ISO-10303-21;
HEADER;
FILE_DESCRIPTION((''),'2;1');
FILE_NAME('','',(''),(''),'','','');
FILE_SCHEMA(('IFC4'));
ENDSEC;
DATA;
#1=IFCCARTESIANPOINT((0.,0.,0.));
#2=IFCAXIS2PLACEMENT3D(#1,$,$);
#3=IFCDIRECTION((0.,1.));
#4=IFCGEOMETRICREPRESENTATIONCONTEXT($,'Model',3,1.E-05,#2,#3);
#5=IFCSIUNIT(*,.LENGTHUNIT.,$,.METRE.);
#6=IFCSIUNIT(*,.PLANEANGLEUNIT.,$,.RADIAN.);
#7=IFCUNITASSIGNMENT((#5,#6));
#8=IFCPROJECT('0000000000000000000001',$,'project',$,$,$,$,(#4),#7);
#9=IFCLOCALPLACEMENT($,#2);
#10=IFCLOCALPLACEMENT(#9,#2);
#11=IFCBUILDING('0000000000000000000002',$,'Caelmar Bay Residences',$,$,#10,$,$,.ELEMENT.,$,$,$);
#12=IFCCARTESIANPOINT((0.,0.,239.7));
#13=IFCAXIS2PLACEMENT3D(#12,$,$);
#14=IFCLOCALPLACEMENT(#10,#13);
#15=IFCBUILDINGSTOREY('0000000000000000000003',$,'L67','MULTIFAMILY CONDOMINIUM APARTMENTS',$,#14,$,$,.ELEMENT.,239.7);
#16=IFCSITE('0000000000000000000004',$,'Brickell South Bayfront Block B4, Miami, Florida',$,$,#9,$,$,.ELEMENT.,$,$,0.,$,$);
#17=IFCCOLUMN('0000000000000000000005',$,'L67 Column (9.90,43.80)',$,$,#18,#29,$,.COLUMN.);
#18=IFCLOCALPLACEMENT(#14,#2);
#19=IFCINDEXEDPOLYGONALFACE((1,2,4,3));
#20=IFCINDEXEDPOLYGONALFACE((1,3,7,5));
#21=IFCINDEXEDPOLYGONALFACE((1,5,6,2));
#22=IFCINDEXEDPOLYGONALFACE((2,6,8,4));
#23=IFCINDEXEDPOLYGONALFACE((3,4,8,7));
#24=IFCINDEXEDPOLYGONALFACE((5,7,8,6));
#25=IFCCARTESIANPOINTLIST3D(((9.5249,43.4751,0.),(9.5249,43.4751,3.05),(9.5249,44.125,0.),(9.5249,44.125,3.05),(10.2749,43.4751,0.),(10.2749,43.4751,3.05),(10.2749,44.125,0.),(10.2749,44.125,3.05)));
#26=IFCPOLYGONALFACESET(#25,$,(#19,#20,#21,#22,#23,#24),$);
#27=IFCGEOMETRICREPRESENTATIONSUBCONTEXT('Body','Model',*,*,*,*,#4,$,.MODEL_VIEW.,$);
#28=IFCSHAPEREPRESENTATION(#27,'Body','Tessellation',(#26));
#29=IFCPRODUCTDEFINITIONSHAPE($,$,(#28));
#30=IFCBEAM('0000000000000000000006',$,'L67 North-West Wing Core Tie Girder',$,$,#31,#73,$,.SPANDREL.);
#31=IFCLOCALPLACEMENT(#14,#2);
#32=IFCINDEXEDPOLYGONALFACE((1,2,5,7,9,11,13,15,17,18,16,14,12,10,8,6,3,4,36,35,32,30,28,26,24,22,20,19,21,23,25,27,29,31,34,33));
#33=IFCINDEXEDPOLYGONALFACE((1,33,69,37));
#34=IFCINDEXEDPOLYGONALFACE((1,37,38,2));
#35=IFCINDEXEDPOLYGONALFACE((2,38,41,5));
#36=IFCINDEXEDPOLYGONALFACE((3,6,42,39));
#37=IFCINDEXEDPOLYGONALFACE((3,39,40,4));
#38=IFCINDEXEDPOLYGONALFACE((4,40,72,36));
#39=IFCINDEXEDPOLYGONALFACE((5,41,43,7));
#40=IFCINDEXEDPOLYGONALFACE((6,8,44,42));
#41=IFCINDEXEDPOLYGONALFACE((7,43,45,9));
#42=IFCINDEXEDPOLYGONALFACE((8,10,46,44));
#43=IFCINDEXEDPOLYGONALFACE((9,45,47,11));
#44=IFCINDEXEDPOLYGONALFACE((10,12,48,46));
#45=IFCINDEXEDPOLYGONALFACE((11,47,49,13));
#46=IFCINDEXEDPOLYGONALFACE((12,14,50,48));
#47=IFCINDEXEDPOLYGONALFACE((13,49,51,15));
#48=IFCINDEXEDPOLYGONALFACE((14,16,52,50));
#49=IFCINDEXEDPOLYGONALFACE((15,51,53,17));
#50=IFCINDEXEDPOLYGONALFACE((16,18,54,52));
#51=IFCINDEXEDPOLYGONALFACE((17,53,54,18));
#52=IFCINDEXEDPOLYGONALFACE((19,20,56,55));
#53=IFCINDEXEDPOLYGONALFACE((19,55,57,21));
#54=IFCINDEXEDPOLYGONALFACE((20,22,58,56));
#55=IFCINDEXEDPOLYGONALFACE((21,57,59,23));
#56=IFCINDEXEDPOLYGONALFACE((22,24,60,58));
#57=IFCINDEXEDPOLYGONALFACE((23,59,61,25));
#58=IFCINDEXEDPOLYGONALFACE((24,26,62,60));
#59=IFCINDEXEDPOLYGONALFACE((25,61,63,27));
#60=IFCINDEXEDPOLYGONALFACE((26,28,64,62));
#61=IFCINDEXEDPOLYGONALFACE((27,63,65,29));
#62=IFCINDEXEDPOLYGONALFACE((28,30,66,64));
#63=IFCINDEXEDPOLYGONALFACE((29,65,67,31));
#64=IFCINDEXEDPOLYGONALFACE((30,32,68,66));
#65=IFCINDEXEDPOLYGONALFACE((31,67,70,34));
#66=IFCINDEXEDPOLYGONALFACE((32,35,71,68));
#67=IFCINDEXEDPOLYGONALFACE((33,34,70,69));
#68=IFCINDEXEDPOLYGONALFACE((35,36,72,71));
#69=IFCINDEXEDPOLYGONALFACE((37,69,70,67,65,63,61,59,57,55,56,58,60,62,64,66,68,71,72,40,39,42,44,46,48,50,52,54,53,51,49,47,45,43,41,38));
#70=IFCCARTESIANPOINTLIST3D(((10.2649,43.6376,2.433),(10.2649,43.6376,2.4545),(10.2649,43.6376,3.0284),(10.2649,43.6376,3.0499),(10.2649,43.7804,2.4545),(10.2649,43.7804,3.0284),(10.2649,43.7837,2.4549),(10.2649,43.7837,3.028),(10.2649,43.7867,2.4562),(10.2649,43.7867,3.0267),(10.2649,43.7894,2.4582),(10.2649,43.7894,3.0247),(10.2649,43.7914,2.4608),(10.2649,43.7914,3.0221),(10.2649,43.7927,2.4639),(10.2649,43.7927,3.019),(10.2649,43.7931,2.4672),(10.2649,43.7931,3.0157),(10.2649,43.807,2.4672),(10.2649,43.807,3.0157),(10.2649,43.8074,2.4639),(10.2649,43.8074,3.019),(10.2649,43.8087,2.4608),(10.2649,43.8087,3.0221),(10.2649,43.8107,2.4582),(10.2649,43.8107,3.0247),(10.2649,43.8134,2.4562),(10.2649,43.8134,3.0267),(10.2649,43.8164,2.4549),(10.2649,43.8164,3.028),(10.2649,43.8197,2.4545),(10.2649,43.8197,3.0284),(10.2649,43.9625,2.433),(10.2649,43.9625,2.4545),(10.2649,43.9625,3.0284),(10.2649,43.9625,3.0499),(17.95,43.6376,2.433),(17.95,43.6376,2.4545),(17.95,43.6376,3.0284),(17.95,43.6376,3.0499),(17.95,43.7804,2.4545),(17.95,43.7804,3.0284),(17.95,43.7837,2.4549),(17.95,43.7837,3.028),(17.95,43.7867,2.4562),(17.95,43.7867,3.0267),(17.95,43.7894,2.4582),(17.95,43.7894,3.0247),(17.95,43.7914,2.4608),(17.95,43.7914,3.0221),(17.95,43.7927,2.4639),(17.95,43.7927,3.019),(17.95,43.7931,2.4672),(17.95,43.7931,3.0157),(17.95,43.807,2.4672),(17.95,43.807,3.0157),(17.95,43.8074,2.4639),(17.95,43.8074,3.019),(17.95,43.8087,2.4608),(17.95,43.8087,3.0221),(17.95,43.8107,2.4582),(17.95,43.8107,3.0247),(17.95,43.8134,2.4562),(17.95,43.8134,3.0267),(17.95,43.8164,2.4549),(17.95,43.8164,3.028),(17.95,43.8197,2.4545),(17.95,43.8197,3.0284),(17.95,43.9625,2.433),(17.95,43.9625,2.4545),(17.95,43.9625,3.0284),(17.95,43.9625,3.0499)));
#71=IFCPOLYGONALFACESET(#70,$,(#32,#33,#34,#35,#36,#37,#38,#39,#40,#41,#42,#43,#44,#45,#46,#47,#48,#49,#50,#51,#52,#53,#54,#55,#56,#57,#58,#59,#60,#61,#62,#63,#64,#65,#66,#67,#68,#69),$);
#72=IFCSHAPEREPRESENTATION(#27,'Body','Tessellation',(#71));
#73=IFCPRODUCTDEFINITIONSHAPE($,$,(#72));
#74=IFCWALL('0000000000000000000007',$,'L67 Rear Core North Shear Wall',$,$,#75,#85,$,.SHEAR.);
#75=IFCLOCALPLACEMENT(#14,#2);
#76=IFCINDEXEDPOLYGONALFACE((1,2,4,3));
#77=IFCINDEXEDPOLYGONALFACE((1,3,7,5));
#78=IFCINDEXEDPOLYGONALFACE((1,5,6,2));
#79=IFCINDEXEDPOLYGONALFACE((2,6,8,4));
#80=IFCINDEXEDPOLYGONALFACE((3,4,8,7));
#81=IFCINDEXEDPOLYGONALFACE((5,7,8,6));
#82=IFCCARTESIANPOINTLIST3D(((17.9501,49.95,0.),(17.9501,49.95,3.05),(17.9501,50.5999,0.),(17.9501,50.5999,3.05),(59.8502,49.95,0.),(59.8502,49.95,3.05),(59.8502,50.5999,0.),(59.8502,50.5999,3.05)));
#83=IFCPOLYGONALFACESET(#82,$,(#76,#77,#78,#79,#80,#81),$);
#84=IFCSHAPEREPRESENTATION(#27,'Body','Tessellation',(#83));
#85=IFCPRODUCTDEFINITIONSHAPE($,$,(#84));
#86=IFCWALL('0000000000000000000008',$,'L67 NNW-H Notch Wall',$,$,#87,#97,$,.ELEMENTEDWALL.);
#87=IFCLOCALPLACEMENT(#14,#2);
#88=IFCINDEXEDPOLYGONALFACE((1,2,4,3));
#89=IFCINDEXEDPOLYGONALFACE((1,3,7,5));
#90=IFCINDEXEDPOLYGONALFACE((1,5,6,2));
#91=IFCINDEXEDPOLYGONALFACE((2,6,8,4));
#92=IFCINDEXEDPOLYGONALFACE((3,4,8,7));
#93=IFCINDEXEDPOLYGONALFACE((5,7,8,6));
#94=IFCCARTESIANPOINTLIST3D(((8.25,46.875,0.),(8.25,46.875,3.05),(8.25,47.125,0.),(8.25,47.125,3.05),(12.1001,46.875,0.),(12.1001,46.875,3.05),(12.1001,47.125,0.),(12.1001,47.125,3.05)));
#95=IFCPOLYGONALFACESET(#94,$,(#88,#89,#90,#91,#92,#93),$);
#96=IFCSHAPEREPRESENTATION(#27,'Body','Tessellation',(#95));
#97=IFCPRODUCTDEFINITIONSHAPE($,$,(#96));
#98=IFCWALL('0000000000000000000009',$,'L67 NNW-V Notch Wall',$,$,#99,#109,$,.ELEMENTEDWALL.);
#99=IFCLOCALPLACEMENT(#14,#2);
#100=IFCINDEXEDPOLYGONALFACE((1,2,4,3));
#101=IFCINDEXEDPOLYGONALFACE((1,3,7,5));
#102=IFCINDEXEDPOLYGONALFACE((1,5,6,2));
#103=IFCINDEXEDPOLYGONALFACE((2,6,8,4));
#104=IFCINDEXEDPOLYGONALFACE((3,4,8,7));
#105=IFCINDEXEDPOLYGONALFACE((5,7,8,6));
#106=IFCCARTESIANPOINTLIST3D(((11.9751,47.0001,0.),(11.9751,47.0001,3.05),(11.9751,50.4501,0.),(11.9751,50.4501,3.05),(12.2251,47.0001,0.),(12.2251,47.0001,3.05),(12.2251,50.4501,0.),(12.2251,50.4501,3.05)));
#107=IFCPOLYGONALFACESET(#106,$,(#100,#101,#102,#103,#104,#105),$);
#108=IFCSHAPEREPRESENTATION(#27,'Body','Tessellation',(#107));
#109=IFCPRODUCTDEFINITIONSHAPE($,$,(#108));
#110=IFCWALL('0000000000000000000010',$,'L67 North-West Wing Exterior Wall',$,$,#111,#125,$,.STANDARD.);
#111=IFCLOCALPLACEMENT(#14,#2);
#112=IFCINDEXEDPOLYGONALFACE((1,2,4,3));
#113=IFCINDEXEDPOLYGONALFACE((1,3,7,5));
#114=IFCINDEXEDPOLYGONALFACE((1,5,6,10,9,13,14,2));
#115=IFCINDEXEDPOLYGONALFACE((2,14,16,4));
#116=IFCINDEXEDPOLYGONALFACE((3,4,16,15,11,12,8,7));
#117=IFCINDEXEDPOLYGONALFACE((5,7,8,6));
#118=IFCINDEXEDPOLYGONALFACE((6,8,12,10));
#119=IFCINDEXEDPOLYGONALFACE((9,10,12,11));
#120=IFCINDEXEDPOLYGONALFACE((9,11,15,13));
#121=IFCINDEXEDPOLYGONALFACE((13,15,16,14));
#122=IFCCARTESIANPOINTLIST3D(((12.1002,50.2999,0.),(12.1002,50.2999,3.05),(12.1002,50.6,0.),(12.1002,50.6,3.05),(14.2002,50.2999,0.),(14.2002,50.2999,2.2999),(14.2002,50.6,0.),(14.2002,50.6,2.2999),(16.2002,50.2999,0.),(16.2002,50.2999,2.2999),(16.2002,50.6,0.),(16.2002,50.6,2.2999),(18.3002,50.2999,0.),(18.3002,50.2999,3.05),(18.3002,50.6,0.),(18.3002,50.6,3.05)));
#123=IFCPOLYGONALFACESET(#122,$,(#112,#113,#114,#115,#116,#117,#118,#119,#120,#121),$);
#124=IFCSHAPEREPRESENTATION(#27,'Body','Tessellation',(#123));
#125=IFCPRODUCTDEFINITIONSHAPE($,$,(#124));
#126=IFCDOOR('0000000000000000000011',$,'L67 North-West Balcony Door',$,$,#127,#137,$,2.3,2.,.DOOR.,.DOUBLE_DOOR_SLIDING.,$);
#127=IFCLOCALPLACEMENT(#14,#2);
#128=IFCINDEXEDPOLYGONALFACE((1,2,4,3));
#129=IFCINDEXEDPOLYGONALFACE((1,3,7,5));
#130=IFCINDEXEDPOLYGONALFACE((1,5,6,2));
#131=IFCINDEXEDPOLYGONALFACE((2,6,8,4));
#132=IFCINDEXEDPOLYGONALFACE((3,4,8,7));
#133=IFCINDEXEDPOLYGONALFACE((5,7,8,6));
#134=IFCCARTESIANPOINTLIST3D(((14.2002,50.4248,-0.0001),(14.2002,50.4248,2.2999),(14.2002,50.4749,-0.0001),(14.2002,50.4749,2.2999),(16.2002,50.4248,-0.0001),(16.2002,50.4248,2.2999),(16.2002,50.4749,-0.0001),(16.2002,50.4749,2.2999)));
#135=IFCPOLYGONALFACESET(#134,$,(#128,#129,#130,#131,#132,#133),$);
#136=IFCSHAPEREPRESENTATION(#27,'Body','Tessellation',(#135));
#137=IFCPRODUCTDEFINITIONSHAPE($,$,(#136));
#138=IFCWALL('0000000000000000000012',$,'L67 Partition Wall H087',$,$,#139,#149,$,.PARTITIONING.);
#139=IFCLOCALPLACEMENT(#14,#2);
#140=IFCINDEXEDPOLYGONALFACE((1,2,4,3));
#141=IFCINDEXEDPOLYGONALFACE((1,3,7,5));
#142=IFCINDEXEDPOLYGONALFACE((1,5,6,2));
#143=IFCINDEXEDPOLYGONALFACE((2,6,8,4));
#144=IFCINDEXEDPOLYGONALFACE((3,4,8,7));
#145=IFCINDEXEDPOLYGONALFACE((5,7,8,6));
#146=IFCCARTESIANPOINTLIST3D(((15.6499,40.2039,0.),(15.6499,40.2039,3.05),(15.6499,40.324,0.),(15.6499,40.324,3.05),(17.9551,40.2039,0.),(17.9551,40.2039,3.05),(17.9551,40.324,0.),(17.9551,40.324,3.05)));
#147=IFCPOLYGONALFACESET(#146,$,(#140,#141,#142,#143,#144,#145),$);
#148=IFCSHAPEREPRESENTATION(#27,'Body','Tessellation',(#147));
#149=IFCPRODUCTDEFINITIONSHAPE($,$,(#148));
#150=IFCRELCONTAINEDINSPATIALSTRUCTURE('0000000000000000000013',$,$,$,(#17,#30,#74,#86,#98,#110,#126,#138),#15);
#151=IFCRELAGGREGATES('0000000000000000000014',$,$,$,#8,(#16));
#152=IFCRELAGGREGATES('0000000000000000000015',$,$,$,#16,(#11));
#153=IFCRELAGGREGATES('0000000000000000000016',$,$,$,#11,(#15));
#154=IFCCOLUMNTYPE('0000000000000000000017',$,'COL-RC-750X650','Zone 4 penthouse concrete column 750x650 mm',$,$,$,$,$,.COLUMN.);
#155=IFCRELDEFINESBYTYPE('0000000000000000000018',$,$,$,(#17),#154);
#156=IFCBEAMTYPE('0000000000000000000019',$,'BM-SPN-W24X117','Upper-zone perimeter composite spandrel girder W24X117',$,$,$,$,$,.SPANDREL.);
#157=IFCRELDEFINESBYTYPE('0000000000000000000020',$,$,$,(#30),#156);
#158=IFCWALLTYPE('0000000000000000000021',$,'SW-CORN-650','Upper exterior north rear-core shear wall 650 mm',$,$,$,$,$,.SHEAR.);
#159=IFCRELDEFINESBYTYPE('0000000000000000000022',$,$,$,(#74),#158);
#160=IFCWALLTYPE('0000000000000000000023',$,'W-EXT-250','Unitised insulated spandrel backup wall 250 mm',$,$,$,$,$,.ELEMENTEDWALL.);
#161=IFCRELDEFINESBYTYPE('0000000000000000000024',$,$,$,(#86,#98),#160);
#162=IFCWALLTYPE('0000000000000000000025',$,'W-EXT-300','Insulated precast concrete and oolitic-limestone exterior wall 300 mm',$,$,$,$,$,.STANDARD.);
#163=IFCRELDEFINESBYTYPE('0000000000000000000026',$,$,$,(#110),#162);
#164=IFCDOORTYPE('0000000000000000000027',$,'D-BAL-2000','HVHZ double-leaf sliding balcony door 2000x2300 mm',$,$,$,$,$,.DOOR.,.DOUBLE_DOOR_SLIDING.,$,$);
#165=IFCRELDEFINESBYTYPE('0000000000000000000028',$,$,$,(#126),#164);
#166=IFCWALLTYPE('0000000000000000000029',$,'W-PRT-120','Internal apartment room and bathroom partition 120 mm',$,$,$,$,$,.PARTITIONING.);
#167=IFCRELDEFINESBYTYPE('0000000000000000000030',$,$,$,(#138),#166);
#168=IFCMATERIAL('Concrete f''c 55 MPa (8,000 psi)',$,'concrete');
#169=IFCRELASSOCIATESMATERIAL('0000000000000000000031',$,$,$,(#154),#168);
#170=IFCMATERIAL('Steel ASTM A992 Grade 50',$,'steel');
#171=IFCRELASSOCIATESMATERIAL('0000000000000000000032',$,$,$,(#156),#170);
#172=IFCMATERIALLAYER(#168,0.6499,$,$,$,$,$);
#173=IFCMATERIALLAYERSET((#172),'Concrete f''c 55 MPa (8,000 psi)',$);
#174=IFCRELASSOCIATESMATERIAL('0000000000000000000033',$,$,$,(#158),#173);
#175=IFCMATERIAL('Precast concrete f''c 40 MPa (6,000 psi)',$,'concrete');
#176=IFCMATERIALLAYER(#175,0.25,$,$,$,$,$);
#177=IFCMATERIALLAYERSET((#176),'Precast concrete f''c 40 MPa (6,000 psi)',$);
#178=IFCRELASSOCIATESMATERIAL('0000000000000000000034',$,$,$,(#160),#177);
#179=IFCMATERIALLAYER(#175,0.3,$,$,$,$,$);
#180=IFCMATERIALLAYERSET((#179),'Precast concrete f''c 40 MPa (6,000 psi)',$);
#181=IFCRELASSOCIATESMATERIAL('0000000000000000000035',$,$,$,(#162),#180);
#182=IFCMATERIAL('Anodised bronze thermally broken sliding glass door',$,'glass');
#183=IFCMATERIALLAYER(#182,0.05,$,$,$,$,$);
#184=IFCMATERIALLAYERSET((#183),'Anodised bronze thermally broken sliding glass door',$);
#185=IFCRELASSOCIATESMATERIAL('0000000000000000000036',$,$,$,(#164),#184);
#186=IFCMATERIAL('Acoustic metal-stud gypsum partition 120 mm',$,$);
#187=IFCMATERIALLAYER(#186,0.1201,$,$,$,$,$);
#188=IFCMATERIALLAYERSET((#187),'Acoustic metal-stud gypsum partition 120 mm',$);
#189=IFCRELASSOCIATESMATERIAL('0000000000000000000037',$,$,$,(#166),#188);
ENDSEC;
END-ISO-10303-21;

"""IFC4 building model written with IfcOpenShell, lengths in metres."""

from ifc_helpers import new_model, si_unit, direction, frame, frame_2d, origin, origin_2d, place, context, subcontext, project, spatial, rectangle, i_section, extrude, material, layer, layer_set, material_profile, profile_set, type_object, element, fill, save


model = new_model("IFC4")

# Units and contexts
model_context = context("Model", 3, precision=1e-05, world=origin(), true_north=direction((0.0, 1.0)))
body_context = subcontext(model_context, "Body", "Model", "MODEL_VIEW")
ifc_project = project(units=[si_unit("LENGTHUNIT", "METRE"), si_unit("PLANEANGLEUNIT", "RADIAN")], contexts=[model_context])

# Site, building, storey
site_placement = place(None, origin())
site = spatial("IfcSite", under=ifc_project, at=site_placement, Name="Brickell South Bayfront Block B4, Miami, Florida", CompositionType="ELEMENT", RefElevation=0.0)
building_placement = place(site_placement, origin())
building = spatial("IfcBuilding", under=site, at=building_placement, Name="Caelmar Bay Residences", CompositionType="ELEMENT")
storey_placement = place(building_placement, frame((0.0, 0.0, 239.7)))
storey = spatial("IfcBuildingStorey", under=building, at=storey_placement, Name="L67", Description="MULTIFAMILY CONDOMINIUM APARTMENTS", CompositionType="ELEMENT", Elevation=239.7)

# Column
ifc_material_1 = material(Name="Concrete f'c 55 MPa (8,000 psi)", Category="concrete")
ifc_material_profile_1 = material_profile(ifc_material_1, rectangle(XDim=0.75, YDim=0.6499, at=origin_2d()), Name="RC-COL-750X650")
ifc_profile_set_1 = profile_set([ifc_material_profile_1], Name="Concrete f'c 55 MPa (8,000 psi)")
column_type = type_object("IfcColumnType", Name="COL-RC-750X650", Description="Zone 4 penthouse concrete column 750x650 mm", PredefinedType="COLUMN", material=ifc_profile_set_1)
column_placement = place(storey_placement, frame((9.8999, 43.8, 0.0), z_axis=(0.0, 0.0, 1.0), x_axis=(1.0, 0.0, 0.0)))
element("IfcColumn", 1, at=column_placement, inside=storey, type_object=column_type, Name="L67 Column (9.90,43.80)", PredefinedType="COLUMN", context=body_context, shape_type="SweptSolid", body=[
    extrude(rectangle(XDim=0.75, YDim=0.6499, at=origin_2d()), origin(), (0.0, 0.0, 1.0), 3.05),
])

# Beam
ifc_material_2 = material(Name="Steel ASTM A992 Grade 50", Category="steel")
ifc_material_profile_2 = material_profile(ifc_material_2, i_section(OverallWidth=0.325, OverallDepth=0.6169, WebThickness=0.0139, FlangeThickness=0.0215, FilletRadius=0.0127, at=origin_2d()), Name="W24X117")
ifc_profile_set_2 = profile_set([ifc_material_profile_2], Name="Steel ASTM A992 Grade 50")
beam_type = type_object("IfcBeamType", Name="BM-SPN-W24X117", Description="Upper-zone perimeter composite spandrel girder W24X117", PredefinedType="SPANDREL", material=ifc_profile_set_2)
beam_placement = place(storey_placement, frame((10.2649, 43.8, 2.7415), z_axis=(1.0, 0.0, 0.0), x_axis=(0.0, 1.0, 0.0)))
element("IfcBeam", 2, at=beam_placement, inside=storey, type_object=beam_type, Name="L67 North-West Wing Core Tie Girder", PredefinedType="SPANDREL", context=body_context, shape_type="SweptSolid", body=[
    extrude(i_section(OverallWidth=0.325, OverallDepth=0.6169, WebThickness=0.0139, FlangeThickness=0.0215, FilletRadius=0.0127, at=origin_2d()), origin(), (0.0, 0.0, 1.0), 7.6851),
])

# Walls
ifc_layer_1 = layer(ifc_material_1, 0.6499)
ifc_layer_set_1 = layer_set([ifc_layer_1], Name="Concrete f'c 55 MPa (8,000 psi)")
wall_type_1 = type_object("IfcWallType", Name="SW-CORN-650", Description="Upper exterior north rear-core shear wall 650 mm", PredefinedType="SHEAR", material=ifc_layer_set_1)
wall_1_placement = place(storey_placement, frame((17.95, 50.2749, 0.0), z_axis=(0.0, 0.0, 1.0), x_axis=(1.0, 0.0, 0.0)))
element("IfcWall", 3, at=wall_1_placement, inside=storey, type_object=wall_type_1, Name="L67 Rear Core North Shear Wall", PredefinedType="SHEAR", context=body_context, shape_type="SweptSolid", body=[
    extrude(rectangle(XDim=41.9001, YDim=0.6499, at=frame_2d((20.9502, 0.0))), origin(), (0.0, 0.0, 1.0), 3.05),
])
ifc_material_3 = material(Name="Precast concrete f'c 40 MPa (6,000 psi)", Category="concrete")
ifc_layer_2 = layer(ifc_material_3, 0.25)
ifc_layer_set_2 = layer_set([ifc_layer_2], Name="Precast concrete f'c 40 MPa (6,000 psi)")
wall_type_2 = type_object("IfcWallType", Name="W-EXT-250", Description="Unitised insulated spandrel backup wall 250 mm", PredefinedType="ELEMENTEDWALL", material=ifc_layer_set_2)
wall_2_placement = place(storey_placement, frame((8.25, 47.0, 0.0), z_axis=(0.0, 0.0, 1.0), x_axis=(1.0, 0.0, 0.0)))
element("IfcWall", 4, at=wall_2_placement, inside=storey, type_object=wall_type_2, Name="L67 NNW-H Notch Wall", PredefinedType="ELEMENTEDWALL", context=body_context, shape_type="SweptSolid", body=[
    extrude(rectangle(XDim=3.8501, YDim=0.25, at=frame_2d((1.925, 0.0))), origin(), (0.0, 0.0, 1.0), 3.05),
])
wall_3_placement = place(storey_placement, frame((12.1001, 47.0, 0.0), z_axis=(0.0, 0.0, 1.0), x_axis=(0.0, 1.0, 0.0)))
element("IfcWall", 5, at=wall_3_placement, inside=storey, type_object=wall_type_2, Name="L67 NNW-V Notch Wall", PredefinedType="ELEMENTEDWALL", context=body_context, shape_type="SweptSolid", body=[
    extrude(rectangle(XDim=3.45, YDim=0.25, at=frame_2d((1.7251, 0.0))), origin(), (0.0, 0.0, 1.0), 3.05),
])

# Wall, opening, door
ifc_layer_3 = layer(ifc_material_3, 0.3)
ifc_layer_set_3 = layer_set([ifc_layer_3], Name="Precast concrete f'c 40 MPa (6,000 psi)")
wall_type_3 = type_object("IfcWallType", Name="W-EXT-300", Description="Insulated precast concrete and oolitic-limestone exterior wall 300 mm", PredefinedType="STANDARD", material=ifc_layer_set_3)
wall_4_placement = place(storey_placement, frame((12.1001, 50.45, 0.0), z_axis=(0.0, 0.0, 1.0), x_axis=(1.0, 0.0, 0.0)))
wall_4 = element("IfcWall", 6, at=wall_4_placement, inside=storey, type_object=wall_type_3, Name="L67 North-West Wing Exterior Wall", PredefinedType="STANDARD", context=body_context, shape_type="SweptSolid", body=[
    extrude(rectangle(XDim=6.2, YDim=0.3, at=frame_2d((3.1001, 0.0))), origin(), (0.0, 0.0, 1.0), 3.05),
])
opening_1_placement = place(wall_4_placement, frame((2.1001, 0.0, 0.0)))
opening_1 = element("IfcOpeningElement", 7, at=opening_1_placement, cuts=wall_4, PredefinedType="OPENING", context=body_context, shape_type="SweptSolid", body=[
    extrude(rectangle(XDim=2.0, YDim=2.3, at=frame_2d((1.0, 1.1499))), frame((0.0, 0.1599, 0.0), z_axis=(0.0, -1.0, 0.0), x_axis=(1.0, 0.0, 0.0)), (0.0, 0.0, 1.0), 0.3201),
])
ifc_material_4 = material(Name="Anodised bronze thermally broken sliding glass door", Category="glass")
ifc_layer_4 = layer(ifc_material_4, 0.05)
ifc_layer_set_4 = layer_set([ifc_layer_4], Name="Anodised bronze thermally broken sliding glass door")
door_type_1 = type_object("IfcDoorType", Name="D-BAL-2000", Description="HVHZ double-leaf sliding balcony door 2000x2300 mm", OperationType="DOUBLE_DOOR_SLIDING", PredefinedType="DOOR", material=ifc_layer_set_4)
door_1_placement = place(opening_1_placement, origin())
door_1 = element("IfcDoor", 8, at=door_1_placement, inside=storey, type_object=door_type_1, Name="L67 North-West Balcony Door", OperationType="DOUBLE_DOOR_SLIDING", OverallHeight=2.3, OverallWidth=2.0, PredefinedType="DOOR", context=body_context, shape_type="SweptSolid", body=[
    extrude(rectangle(XDim=2.0, YDim=2.3, at=frame_2d((1.0, 1.1499))), frame((0.0, 0.0249, 0.0), z_axis=(0.0, -1.0, 0.0), x_axis=(1.0, 0.0, 0.0)), (0.0, 0.0, 1.0), 0.05),
])
fill(opening_1, door_1)

# Wall
ifc_material_5 = material(Name="Acoustic metal-stud gypsum partition 120 mm")
ifc_layer_5 = layer(ifc_material_5, 0.1201)
ifc_layer_set_5 = layer_set([ifc_layer_5], Name="Acoustic metal-stud gypsum partition 120 mm")
wall_type_4 = type_object("IfcWallType", Name="W-PRT-120", Description="Internal apartment room and bathroom partition 120 mm", PredefinedType="PARTITIONING", material=ifc_layer_set_5)
wall_5_placement = place(storey_placement, frame((15.6499, 40.2639, 0.0), z_axis=(0.0, 0.0, 1.0), x_axis=(1.0, 0.0, 0.0)))
element("IfcWall", 9, at=wall_5_placement, inside=storey, type_object=wall_type_4, Name="L67 Partition Wall H087", PredefinedType="PARTITIONING", context=body_context, shape_type="SweptSolid", body=[
    extrude(rectangle(XDim=2.3052, YDim=0.1201, at=frame_2d((1.1526, 0.0))), origin(), (0.0, 0.0, 1.0), 3.05),
])

save(model, "model.ifc")
